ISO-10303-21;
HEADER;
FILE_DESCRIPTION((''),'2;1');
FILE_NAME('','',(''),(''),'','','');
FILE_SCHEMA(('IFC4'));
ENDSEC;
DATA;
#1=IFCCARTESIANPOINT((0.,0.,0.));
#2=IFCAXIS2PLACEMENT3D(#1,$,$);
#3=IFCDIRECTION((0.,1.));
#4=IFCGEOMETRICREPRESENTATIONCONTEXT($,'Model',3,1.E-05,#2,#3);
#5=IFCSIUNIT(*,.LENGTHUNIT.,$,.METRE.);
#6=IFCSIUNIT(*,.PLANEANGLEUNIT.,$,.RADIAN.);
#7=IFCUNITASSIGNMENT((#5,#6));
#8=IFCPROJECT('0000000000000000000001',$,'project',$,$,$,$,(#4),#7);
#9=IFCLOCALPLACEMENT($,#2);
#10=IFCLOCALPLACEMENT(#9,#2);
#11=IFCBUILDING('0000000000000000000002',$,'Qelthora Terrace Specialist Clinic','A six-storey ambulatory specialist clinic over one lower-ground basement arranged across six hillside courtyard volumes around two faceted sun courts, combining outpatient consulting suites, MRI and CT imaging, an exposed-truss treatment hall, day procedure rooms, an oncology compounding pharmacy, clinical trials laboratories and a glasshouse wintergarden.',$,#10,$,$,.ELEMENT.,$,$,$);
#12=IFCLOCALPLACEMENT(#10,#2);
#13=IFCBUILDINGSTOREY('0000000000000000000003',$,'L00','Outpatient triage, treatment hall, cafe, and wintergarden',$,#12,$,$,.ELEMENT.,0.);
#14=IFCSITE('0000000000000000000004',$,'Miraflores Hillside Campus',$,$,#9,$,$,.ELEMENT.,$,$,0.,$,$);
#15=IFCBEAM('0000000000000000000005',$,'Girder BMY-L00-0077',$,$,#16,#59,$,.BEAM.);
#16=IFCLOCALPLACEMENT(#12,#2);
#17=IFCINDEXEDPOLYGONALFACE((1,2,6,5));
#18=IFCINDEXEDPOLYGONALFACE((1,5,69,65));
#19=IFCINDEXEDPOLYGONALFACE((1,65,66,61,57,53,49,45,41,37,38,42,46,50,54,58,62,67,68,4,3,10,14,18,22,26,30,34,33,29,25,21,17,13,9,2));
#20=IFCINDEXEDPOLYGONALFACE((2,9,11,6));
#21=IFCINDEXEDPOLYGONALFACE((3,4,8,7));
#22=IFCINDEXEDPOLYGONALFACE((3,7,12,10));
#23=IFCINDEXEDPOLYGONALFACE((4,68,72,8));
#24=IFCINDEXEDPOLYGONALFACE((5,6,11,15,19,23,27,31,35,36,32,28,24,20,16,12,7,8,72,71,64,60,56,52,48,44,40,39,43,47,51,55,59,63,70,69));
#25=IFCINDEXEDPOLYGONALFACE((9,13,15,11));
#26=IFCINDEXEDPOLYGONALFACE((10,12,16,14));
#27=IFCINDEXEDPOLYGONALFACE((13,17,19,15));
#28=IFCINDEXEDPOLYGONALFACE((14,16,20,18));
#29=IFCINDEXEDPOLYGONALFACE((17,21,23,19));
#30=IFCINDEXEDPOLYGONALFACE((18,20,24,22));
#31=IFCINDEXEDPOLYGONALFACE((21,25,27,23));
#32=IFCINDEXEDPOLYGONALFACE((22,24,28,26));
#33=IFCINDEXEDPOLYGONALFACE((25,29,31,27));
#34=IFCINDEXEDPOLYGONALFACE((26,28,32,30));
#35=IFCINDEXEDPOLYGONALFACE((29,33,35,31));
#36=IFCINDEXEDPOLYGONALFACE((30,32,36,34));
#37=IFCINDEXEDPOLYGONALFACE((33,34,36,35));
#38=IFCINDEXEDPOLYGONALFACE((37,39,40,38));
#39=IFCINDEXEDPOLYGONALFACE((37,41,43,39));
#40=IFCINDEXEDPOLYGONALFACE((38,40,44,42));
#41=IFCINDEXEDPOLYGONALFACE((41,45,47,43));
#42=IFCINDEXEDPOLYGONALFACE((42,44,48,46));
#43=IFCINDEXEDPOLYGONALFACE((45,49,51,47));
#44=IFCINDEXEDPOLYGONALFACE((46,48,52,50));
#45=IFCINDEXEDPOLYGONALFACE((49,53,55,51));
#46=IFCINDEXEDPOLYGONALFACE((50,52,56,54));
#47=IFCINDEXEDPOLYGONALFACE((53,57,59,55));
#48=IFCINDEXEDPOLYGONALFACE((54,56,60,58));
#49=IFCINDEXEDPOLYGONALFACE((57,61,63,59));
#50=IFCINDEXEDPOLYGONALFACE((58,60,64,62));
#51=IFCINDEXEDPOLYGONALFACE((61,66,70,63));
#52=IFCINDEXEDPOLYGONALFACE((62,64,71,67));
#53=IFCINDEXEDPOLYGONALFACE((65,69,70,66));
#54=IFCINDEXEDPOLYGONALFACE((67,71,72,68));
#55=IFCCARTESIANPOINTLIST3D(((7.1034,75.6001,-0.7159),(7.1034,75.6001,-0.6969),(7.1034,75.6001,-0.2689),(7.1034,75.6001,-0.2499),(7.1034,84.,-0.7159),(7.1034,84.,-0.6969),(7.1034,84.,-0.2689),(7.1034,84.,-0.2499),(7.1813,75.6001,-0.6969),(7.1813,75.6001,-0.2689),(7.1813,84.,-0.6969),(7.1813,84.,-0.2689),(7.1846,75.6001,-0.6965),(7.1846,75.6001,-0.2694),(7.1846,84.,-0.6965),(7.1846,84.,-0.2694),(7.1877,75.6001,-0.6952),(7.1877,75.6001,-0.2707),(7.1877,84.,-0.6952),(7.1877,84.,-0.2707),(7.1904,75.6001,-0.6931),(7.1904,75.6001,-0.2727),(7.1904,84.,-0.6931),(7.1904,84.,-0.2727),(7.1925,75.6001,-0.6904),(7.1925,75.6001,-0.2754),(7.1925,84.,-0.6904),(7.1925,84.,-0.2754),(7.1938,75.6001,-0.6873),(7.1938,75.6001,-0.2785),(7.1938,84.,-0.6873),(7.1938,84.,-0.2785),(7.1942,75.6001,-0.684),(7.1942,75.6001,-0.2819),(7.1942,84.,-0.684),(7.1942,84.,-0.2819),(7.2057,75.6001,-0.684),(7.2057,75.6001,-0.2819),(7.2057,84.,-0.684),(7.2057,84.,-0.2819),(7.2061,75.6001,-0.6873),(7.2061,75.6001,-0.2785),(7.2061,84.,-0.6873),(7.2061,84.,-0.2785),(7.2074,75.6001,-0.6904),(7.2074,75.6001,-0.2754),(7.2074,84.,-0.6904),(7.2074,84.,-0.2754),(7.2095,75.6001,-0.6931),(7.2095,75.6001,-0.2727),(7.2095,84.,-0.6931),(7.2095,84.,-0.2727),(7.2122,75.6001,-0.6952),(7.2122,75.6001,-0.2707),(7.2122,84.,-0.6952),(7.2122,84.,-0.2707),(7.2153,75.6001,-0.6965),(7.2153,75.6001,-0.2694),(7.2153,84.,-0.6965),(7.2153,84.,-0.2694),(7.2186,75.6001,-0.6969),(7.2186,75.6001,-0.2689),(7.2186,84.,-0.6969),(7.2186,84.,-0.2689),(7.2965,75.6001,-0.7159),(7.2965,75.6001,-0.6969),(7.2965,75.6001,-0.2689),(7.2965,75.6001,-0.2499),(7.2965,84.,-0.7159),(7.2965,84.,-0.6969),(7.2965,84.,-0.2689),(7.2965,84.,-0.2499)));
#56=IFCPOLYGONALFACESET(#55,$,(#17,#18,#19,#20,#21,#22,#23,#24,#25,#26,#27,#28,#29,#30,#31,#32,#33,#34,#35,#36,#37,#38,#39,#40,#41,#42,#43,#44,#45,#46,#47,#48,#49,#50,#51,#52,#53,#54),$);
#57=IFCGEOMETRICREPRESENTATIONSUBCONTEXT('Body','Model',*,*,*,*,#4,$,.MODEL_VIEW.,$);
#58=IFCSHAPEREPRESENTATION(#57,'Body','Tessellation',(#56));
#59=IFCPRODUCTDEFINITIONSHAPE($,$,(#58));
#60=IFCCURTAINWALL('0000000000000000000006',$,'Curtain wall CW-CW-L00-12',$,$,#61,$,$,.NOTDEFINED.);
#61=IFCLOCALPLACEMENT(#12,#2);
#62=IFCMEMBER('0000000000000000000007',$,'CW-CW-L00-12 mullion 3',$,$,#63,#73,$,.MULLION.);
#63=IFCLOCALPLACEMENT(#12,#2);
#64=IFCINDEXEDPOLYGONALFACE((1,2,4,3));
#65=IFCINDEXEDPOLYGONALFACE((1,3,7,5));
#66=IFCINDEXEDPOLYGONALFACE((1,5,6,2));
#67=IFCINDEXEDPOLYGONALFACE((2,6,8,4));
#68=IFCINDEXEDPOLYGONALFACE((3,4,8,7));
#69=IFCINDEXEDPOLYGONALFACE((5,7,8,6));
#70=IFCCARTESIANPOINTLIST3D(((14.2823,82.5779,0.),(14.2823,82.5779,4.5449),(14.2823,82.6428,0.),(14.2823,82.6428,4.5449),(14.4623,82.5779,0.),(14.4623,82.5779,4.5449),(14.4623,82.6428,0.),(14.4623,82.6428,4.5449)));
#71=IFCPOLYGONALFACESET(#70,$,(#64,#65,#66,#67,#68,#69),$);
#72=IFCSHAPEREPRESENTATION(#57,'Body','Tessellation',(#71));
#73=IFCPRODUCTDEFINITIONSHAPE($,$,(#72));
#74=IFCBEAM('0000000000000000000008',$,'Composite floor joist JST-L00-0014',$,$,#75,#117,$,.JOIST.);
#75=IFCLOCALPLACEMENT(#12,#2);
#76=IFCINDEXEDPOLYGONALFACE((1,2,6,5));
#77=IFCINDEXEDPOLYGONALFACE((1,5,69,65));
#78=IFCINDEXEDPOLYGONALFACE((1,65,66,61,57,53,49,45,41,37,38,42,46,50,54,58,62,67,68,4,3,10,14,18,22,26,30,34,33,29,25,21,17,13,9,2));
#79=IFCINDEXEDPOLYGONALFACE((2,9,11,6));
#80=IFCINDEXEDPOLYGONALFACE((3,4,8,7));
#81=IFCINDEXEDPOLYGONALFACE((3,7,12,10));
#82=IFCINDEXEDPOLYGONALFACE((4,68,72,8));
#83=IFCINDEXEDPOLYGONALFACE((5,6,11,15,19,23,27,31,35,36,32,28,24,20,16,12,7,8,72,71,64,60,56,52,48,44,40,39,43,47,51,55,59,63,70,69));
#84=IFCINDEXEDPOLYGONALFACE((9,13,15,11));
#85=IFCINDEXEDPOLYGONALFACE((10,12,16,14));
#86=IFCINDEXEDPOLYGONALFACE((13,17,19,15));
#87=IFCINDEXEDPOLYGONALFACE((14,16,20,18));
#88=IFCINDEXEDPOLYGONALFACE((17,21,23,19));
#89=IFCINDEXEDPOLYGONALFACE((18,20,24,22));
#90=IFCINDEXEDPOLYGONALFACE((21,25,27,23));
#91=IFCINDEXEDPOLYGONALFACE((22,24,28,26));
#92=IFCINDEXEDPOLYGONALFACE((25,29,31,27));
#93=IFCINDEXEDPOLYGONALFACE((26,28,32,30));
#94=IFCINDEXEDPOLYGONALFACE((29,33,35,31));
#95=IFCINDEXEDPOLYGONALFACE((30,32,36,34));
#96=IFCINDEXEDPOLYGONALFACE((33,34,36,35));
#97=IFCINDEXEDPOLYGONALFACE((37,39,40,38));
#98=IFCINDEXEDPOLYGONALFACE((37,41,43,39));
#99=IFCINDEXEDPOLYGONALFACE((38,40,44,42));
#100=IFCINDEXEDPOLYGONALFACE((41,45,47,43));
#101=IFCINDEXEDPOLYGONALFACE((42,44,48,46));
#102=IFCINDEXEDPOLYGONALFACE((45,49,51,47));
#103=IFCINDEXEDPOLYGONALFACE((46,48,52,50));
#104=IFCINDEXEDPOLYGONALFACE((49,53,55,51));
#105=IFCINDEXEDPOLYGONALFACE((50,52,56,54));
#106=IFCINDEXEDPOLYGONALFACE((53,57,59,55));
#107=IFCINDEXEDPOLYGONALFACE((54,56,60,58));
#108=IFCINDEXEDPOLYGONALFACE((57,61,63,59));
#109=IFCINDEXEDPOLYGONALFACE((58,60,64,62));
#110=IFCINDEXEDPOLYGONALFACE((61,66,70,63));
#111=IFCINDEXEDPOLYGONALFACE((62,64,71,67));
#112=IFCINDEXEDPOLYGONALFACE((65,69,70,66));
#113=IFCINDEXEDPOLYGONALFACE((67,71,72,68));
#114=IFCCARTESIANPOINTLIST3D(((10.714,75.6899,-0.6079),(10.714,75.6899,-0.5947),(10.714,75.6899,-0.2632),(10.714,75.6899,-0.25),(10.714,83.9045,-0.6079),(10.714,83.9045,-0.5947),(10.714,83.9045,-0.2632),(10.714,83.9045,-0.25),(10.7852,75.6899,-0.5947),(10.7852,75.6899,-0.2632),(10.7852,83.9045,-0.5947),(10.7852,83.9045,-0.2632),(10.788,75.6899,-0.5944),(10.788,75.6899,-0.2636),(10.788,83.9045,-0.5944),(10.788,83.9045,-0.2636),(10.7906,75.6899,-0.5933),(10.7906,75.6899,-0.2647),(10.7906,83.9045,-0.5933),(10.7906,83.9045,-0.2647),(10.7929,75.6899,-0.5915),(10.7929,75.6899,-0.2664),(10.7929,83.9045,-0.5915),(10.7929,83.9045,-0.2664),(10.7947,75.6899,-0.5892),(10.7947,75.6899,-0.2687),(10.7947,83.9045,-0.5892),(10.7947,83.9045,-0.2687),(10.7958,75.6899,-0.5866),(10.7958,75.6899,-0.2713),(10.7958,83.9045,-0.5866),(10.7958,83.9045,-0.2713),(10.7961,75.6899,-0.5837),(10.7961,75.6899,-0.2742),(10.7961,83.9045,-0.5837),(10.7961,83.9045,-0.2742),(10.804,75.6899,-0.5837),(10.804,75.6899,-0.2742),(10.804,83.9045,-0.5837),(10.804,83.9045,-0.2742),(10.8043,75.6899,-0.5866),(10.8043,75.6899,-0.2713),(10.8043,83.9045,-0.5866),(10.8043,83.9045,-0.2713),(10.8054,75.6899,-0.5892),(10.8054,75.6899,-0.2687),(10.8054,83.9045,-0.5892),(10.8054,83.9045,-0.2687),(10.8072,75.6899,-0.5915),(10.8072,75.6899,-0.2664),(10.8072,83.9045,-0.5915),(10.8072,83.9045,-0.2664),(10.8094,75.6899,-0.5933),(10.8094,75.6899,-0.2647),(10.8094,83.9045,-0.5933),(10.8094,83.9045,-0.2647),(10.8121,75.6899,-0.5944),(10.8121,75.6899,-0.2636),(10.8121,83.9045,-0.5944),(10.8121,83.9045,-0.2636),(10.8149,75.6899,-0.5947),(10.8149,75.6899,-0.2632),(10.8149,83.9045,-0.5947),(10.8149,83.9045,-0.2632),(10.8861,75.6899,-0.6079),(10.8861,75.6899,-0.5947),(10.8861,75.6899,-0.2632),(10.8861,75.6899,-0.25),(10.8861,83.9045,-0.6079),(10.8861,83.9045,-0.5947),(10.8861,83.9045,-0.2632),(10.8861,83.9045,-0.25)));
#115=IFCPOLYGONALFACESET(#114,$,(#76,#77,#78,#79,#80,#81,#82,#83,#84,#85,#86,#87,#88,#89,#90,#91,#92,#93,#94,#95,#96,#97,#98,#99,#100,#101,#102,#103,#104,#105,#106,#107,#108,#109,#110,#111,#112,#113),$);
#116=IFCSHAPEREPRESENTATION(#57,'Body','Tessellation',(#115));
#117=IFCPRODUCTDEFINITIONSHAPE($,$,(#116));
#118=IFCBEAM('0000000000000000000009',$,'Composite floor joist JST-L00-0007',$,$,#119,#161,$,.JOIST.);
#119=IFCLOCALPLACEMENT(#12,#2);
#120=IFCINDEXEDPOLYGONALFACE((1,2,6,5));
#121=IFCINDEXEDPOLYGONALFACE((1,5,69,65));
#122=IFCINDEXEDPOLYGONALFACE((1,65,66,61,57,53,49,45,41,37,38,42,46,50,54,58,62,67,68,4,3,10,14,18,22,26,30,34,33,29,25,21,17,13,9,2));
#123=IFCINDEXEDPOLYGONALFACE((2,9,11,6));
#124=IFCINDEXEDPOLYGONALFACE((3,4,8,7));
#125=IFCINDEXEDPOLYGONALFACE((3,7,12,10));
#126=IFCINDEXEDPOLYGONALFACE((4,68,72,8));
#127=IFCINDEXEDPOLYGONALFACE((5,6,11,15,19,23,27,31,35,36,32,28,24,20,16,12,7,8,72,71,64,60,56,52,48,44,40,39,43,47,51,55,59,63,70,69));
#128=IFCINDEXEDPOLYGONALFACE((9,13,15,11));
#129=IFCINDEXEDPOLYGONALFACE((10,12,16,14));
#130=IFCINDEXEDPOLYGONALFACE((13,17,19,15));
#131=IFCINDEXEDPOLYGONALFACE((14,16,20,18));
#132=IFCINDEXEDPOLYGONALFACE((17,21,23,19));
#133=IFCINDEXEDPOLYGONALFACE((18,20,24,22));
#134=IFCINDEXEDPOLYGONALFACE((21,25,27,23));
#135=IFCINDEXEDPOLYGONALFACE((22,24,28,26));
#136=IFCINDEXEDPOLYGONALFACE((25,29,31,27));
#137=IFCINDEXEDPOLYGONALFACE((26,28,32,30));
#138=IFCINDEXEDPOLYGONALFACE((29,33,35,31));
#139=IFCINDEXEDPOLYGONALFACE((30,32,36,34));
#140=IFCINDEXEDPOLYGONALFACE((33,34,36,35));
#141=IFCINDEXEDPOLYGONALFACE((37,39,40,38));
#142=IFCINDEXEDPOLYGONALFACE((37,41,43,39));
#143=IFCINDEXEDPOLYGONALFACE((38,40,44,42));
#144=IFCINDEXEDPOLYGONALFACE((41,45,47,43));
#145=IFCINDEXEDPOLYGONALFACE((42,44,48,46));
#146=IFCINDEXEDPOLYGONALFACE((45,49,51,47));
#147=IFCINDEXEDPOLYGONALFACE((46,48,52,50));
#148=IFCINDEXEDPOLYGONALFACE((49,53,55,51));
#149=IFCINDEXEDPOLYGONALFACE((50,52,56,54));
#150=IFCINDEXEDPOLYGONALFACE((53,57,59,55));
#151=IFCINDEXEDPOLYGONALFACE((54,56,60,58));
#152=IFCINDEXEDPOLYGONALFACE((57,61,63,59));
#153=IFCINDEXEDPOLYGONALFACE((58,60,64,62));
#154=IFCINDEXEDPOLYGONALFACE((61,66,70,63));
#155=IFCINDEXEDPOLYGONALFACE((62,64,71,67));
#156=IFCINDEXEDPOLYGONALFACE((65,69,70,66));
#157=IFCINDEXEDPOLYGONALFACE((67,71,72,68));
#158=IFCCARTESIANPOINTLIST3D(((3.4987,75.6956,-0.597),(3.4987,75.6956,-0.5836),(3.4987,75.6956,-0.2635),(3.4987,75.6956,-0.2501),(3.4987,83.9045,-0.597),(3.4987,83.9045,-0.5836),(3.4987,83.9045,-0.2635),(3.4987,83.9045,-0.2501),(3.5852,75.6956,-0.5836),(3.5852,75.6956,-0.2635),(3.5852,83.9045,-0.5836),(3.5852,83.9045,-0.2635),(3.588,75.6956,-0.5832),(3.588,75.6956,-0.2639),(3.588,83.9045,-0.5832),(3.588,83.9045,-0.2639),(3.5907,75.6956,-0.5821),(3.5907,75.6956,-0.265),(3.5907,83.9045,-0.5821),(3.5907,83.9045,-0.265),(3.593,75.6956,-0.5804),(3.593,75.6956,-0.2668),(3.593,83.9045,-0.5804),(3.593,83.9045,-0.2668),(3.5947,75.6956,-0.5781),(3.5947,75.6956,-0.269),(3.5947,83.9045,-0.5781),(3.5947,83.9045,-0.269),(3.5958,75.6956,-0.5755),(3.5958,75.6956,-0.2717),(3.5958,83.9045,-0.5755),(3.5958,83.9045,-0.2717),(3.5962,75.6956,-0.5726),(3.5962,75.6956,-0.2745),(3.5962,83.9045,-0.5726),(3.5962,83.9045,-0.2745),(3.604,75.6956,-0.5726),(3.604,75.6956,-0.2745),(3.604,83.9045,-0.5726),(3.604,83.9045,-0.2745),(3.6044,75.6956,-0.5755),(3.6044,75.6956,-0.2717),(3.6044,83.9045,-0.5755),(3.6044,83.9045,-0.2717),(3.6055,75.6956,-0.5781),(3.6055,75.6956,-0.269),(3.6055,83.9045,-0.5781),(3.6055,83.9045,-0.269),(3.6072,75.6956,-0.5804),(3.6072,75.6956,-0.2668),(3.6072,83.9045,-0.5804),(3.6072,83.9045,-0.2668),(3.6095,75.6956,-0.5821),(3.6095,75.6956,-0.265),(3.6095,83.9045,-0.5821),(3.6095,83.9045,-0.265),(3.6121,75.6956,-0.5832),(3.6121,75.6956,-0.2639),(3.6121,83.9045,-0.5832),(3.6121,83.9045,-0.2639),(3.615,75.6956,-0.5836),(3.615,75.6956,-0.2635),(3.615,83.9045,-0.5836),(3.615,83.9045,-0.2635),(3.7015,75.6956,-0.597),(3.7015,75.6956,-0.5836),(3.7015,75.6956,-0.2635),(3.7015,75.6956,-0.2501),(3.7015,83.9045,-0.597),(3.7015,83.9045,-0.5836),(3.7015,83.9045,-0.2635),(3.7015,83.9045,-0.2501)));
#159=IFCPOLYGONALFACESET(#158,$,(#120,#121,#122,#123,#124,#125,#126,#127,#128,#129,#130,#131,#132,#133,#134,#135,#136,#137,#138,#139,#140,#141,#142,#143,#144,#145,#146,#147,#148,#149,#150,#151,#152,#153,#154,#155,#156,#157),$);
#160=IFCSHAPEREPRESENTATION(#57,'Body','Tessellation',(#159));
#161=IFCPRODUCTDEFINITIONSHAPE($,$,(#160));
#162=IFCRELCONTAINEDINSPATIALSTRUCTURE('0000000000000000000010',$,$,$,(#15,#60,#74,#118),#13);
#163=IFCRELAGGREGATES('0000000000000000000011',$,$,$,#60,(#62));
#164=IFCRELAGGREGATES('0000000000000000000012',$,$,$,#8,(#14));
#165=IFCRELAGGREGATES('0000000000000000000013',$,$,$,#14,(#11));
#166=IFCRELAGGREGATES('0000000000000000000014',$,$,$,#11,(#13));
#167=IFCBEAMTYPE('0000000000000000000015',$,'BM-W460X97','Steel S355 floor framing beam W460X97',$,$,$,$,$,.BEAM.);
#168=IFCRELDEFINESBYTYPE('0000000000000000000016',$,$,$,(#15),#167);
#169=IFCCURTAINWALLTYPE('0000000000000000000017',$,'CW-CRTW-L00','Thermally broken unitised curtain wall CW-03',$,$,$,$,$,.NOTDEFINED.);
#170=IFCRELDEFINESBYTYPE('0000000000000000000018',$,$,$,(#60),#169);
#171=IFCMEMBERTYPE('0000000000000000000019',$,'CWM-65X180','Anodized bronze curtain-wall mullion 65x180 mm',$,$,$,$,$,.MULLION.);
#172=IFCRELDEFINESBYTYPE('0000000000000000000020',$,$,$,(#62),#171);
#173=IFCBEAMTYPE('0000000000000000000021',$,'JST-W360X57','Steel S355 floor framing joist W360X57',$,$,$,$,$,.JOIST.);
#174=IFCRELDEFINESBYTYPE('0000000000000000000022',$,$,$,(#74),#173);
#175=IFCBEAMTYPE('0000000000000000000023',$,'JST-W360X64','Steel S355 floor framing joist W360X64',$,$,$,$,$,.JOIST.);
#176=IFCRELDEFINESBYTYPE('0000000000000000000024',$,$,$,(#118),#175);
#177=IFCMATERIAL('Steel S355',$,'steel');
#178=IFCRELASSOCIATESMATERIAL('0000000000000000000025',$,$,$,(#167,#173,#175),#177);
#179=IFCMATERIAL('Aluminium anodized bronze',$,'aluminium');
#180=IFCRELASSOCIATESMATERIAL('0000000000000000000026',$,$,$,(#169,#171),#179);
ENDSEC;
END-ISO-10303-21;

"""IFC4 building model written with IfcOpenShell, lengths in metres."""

from ifc_helpers import new_model, si_unit, direction, frame, origin, origin_2d, place, context, subcontext, project, spatial, rectangle, i_section, extrude, material, material_profile, profile_set, type_object, element, aggregate, save


model = new_model("IFC4")

# Units and contexts
model_context = context("Model", 3, precision=1e-05, world=origin(), true_north=direction((0.0, 1.0)))
body_context = subcontext(model_context, "Body", "Model", "MODEL_VIEW")
ifc_project = project(units=[si_unit("LENGTHUNIT", "METRE"), si_unit("PLANEANGLEUNIT", "RADIAN")], contexts=[model_context])

# Site, building, storey
site_placement = place(None, origin())
site = spatial("IfcSite", under=ifc_project, at=site_placement, Name="Miraflores Hillside Campus", CompositionType="ELEMENT", RefElevation=0.0)
building_placement = place(site_placement, origin())
building = spatial("IfcBuilding", under=site, at=building_placement, Name="Qelthora Terrace Specialist Clinic", Description="A six-storey ambulatory specialist clinic over one lower-ground basement arranged across six hillside courtyard volumes around two faceted sun courts, combining outpatient consulting suites, MRI and CT imaging, an exposed-truss treatment hall, day procedure rooms, an oncology compounding pharmacy, clinical trials laboratories and a glasshouse wintergarden.", CompositionType="ELEMENT")
storey_placement = place(building_placement, origin())
storey = spatial("IfcBuildingStorey", under=building, at=storey_placement, Name="L00", Description="Outpatient triage, treatment hall, cafe, and wintergarden", CompositionType="ELEMENT", Elevation=0.0)

# Shared definitions
ifc_material_1 = material(Name="Steel S355", Category="steel")

# Beam
ifc_material_profile_1 = material_profile(ifc_material_1, i_section(OverallWidth=0.1931, OverallDepth=0.4661, WebThickness=0.0115, FlangeThickness=0.019, FilletRadius=0.0129, at=origin_2d()), Name="W460X97")
ifc_profile_set_1 = profile_set([ifc_material_profile_1], Name="Steel S355")
beam_type_1 = type_object("IfcBeamType", Name="BM-W460X97", Description="Steel S355 floor framing beam W460X97", PredefinedType="BEAM", material=ifc_profile_set_1)
beam_1_placement = place(storey_placement, frame((7.2, 75.6001, -0.4829), z_axis=(0.0, 1.0, 0.0), x_axis=(-1.0, 0.0, 0.0)))
element("IfcBeam", 1, at=beam_1_placement, inside=storey, type_object=beam_type_1, Name="Girder BMY-L00-0077", PredefinedType="BEAM", context=body_context, shape_type="SweptSolid", body=[
    extrude(i_section(OverallWidth=0.1931, OverallDepth=0.4661, WebThickness=0.0115, FlangeThickness=0.019, FilletRadius=0.0129, at=origin_2d()), origin(), (0.0, 0.0, 1.0), 8.3999),
])

# Curtain wall, member
ifc_material_2 = material(Name="Aluminium anodized bronze", Category="aluminium")
curtain_wall_type = type_object("IfcCurtainWallType", Name="CW-CRTW-L00", Description="Thermally broken unitised curtain wall CW-03", PredefinedType="NOTDEFINED", material=ifc_material_2)
curtain_wall_placement = place(storey_placement, origin())
curtain_wall = element("IfcCurtainWall", 2, at=curtain_wall_placement, inside=storey, type_object=curtain_wall_type, Name="Curtain wall CW-CW-L00-12", PredefinedType="NOTDEFINED")
ifc_material_profile_2 = material_profile(ifc_material_2, rectangle(XDim=0.0649, YDim=0.1799, at=origin_2d()), Name="CWM65X180")
ifc_profile_set_2 = profile_set([ifc_material_profile_2], Name="Aluminium anodized bronze")
member_type = type_object("IfcMemberType", Name="CWM-65X180", Description="Anodized bronze curtain-wall mullion 65x180 mm", PredefinedType="MULLION", material=ifc_profile_set_2)
member_placement = place(storey_placement, frame((14.3723, 82.6104, 0.0), z_axis=(0.0, 0.0, 1.0), x_axis=(0.0, -1.0, 0.0)))
member = element("IfcMember", 3, at=member_placement, type_object=member_type, Name="CW-CW-L00-12 mullion 3", PredefinedType="MULLION", context=body_context, shape_type="SweptSolid", body=[
    extrude(rectangle(XDim=0.0649, YDim=0.1799, at=origin_2d()), origin(), (0.0, 0.0, 1.0), 4.5449),
])

# Beams
ifc_material_profile_3 = material_profile(ifc_material_1, i_section(OverallWidth=0.1721, OverallDepth=0.3579, WebThickness=0.0078, FlangeThickness=0.0132, FilletRadius=0.011, at=origin_2d()), Name="W360X57")
ifc_profile_set_3 = profile_set([ifc_material_profile_3], Name="Steel S355")
beam_type_2 = type_object("IfcBeamType", Name="JST-W360X57", Description="Steel S355 floor framing joist W360X57", PredefinedType="JOIST", material=ifc_profile_set_3)
beam_2_placement = place(storey_placement, frame((10.8, 75.6899, -0.429), z_axis=(0.0, 1.0, 0.0), x_axis=(-1.0, 0.0, 0.0)))
element("IfcBeam", 4, at=beam_2_placement, inside=storey, type_object=beam_type_2, Name="Composite floor joist JST-L00-0014", PredefinedType="JOIST", context=body_context, shape_type="SweptSolid", body=[
    extrude(i_section(OverallWidth=0.1721, OverallDepth=0.3579, WebThickness=0.0078, FlangeThickness=0.0132, FilletRadius=0.011, at=origin_2d()), origin(), (0.0, 0.0, 1.0), 8.2146),
])
ifc_material_profile_4 = material_profile(ifc_material_1, i_section(OverallWidth=0.2029, OverallDepth=0.3469, WebThickness=0.0078, FlangeThickness=0.0134, FilletRadius=0.011, at=origin_2d()), Name="W360X64")
ifc_profile_set_4 = profile_set([ifc_material_profile_4], Name="Steel S355")
beam_type_3 = type_object("IfcBeamType", Name="JST-W360X64", Description="Steel S355 floor framing joist W360X64", PredefinedType="JOIST", material=ifc_profile_set_4)
beam_3_placement = place(storey_placement, frame((3.6001, 75.6956, -0.4236), z_axis=(0.0, 1.0, 0.0), x_axis=(-1.0, 0.0, 0.0)))
element("IfcBeam", 5, at=beam_3_placement, inside=storey, type_object=beam_type_3, Name="Composite floor joist JST-L00-0007", PredefinedType="JOIST", context=body_context, shape_type="SweptSolid", body=[
    extrude(i_section(OverallWidth=0.2029, OverallDepth=0.3469, WebThickness=0.0078, FlangeThickness=0.0134, FilletRadius=0.011, at=origin_2d()), origin(), (0.0, 0.0, 1.0), 8.209),
])

aggregate(curtain_wall, [member])

save(model, "model.ifc")
